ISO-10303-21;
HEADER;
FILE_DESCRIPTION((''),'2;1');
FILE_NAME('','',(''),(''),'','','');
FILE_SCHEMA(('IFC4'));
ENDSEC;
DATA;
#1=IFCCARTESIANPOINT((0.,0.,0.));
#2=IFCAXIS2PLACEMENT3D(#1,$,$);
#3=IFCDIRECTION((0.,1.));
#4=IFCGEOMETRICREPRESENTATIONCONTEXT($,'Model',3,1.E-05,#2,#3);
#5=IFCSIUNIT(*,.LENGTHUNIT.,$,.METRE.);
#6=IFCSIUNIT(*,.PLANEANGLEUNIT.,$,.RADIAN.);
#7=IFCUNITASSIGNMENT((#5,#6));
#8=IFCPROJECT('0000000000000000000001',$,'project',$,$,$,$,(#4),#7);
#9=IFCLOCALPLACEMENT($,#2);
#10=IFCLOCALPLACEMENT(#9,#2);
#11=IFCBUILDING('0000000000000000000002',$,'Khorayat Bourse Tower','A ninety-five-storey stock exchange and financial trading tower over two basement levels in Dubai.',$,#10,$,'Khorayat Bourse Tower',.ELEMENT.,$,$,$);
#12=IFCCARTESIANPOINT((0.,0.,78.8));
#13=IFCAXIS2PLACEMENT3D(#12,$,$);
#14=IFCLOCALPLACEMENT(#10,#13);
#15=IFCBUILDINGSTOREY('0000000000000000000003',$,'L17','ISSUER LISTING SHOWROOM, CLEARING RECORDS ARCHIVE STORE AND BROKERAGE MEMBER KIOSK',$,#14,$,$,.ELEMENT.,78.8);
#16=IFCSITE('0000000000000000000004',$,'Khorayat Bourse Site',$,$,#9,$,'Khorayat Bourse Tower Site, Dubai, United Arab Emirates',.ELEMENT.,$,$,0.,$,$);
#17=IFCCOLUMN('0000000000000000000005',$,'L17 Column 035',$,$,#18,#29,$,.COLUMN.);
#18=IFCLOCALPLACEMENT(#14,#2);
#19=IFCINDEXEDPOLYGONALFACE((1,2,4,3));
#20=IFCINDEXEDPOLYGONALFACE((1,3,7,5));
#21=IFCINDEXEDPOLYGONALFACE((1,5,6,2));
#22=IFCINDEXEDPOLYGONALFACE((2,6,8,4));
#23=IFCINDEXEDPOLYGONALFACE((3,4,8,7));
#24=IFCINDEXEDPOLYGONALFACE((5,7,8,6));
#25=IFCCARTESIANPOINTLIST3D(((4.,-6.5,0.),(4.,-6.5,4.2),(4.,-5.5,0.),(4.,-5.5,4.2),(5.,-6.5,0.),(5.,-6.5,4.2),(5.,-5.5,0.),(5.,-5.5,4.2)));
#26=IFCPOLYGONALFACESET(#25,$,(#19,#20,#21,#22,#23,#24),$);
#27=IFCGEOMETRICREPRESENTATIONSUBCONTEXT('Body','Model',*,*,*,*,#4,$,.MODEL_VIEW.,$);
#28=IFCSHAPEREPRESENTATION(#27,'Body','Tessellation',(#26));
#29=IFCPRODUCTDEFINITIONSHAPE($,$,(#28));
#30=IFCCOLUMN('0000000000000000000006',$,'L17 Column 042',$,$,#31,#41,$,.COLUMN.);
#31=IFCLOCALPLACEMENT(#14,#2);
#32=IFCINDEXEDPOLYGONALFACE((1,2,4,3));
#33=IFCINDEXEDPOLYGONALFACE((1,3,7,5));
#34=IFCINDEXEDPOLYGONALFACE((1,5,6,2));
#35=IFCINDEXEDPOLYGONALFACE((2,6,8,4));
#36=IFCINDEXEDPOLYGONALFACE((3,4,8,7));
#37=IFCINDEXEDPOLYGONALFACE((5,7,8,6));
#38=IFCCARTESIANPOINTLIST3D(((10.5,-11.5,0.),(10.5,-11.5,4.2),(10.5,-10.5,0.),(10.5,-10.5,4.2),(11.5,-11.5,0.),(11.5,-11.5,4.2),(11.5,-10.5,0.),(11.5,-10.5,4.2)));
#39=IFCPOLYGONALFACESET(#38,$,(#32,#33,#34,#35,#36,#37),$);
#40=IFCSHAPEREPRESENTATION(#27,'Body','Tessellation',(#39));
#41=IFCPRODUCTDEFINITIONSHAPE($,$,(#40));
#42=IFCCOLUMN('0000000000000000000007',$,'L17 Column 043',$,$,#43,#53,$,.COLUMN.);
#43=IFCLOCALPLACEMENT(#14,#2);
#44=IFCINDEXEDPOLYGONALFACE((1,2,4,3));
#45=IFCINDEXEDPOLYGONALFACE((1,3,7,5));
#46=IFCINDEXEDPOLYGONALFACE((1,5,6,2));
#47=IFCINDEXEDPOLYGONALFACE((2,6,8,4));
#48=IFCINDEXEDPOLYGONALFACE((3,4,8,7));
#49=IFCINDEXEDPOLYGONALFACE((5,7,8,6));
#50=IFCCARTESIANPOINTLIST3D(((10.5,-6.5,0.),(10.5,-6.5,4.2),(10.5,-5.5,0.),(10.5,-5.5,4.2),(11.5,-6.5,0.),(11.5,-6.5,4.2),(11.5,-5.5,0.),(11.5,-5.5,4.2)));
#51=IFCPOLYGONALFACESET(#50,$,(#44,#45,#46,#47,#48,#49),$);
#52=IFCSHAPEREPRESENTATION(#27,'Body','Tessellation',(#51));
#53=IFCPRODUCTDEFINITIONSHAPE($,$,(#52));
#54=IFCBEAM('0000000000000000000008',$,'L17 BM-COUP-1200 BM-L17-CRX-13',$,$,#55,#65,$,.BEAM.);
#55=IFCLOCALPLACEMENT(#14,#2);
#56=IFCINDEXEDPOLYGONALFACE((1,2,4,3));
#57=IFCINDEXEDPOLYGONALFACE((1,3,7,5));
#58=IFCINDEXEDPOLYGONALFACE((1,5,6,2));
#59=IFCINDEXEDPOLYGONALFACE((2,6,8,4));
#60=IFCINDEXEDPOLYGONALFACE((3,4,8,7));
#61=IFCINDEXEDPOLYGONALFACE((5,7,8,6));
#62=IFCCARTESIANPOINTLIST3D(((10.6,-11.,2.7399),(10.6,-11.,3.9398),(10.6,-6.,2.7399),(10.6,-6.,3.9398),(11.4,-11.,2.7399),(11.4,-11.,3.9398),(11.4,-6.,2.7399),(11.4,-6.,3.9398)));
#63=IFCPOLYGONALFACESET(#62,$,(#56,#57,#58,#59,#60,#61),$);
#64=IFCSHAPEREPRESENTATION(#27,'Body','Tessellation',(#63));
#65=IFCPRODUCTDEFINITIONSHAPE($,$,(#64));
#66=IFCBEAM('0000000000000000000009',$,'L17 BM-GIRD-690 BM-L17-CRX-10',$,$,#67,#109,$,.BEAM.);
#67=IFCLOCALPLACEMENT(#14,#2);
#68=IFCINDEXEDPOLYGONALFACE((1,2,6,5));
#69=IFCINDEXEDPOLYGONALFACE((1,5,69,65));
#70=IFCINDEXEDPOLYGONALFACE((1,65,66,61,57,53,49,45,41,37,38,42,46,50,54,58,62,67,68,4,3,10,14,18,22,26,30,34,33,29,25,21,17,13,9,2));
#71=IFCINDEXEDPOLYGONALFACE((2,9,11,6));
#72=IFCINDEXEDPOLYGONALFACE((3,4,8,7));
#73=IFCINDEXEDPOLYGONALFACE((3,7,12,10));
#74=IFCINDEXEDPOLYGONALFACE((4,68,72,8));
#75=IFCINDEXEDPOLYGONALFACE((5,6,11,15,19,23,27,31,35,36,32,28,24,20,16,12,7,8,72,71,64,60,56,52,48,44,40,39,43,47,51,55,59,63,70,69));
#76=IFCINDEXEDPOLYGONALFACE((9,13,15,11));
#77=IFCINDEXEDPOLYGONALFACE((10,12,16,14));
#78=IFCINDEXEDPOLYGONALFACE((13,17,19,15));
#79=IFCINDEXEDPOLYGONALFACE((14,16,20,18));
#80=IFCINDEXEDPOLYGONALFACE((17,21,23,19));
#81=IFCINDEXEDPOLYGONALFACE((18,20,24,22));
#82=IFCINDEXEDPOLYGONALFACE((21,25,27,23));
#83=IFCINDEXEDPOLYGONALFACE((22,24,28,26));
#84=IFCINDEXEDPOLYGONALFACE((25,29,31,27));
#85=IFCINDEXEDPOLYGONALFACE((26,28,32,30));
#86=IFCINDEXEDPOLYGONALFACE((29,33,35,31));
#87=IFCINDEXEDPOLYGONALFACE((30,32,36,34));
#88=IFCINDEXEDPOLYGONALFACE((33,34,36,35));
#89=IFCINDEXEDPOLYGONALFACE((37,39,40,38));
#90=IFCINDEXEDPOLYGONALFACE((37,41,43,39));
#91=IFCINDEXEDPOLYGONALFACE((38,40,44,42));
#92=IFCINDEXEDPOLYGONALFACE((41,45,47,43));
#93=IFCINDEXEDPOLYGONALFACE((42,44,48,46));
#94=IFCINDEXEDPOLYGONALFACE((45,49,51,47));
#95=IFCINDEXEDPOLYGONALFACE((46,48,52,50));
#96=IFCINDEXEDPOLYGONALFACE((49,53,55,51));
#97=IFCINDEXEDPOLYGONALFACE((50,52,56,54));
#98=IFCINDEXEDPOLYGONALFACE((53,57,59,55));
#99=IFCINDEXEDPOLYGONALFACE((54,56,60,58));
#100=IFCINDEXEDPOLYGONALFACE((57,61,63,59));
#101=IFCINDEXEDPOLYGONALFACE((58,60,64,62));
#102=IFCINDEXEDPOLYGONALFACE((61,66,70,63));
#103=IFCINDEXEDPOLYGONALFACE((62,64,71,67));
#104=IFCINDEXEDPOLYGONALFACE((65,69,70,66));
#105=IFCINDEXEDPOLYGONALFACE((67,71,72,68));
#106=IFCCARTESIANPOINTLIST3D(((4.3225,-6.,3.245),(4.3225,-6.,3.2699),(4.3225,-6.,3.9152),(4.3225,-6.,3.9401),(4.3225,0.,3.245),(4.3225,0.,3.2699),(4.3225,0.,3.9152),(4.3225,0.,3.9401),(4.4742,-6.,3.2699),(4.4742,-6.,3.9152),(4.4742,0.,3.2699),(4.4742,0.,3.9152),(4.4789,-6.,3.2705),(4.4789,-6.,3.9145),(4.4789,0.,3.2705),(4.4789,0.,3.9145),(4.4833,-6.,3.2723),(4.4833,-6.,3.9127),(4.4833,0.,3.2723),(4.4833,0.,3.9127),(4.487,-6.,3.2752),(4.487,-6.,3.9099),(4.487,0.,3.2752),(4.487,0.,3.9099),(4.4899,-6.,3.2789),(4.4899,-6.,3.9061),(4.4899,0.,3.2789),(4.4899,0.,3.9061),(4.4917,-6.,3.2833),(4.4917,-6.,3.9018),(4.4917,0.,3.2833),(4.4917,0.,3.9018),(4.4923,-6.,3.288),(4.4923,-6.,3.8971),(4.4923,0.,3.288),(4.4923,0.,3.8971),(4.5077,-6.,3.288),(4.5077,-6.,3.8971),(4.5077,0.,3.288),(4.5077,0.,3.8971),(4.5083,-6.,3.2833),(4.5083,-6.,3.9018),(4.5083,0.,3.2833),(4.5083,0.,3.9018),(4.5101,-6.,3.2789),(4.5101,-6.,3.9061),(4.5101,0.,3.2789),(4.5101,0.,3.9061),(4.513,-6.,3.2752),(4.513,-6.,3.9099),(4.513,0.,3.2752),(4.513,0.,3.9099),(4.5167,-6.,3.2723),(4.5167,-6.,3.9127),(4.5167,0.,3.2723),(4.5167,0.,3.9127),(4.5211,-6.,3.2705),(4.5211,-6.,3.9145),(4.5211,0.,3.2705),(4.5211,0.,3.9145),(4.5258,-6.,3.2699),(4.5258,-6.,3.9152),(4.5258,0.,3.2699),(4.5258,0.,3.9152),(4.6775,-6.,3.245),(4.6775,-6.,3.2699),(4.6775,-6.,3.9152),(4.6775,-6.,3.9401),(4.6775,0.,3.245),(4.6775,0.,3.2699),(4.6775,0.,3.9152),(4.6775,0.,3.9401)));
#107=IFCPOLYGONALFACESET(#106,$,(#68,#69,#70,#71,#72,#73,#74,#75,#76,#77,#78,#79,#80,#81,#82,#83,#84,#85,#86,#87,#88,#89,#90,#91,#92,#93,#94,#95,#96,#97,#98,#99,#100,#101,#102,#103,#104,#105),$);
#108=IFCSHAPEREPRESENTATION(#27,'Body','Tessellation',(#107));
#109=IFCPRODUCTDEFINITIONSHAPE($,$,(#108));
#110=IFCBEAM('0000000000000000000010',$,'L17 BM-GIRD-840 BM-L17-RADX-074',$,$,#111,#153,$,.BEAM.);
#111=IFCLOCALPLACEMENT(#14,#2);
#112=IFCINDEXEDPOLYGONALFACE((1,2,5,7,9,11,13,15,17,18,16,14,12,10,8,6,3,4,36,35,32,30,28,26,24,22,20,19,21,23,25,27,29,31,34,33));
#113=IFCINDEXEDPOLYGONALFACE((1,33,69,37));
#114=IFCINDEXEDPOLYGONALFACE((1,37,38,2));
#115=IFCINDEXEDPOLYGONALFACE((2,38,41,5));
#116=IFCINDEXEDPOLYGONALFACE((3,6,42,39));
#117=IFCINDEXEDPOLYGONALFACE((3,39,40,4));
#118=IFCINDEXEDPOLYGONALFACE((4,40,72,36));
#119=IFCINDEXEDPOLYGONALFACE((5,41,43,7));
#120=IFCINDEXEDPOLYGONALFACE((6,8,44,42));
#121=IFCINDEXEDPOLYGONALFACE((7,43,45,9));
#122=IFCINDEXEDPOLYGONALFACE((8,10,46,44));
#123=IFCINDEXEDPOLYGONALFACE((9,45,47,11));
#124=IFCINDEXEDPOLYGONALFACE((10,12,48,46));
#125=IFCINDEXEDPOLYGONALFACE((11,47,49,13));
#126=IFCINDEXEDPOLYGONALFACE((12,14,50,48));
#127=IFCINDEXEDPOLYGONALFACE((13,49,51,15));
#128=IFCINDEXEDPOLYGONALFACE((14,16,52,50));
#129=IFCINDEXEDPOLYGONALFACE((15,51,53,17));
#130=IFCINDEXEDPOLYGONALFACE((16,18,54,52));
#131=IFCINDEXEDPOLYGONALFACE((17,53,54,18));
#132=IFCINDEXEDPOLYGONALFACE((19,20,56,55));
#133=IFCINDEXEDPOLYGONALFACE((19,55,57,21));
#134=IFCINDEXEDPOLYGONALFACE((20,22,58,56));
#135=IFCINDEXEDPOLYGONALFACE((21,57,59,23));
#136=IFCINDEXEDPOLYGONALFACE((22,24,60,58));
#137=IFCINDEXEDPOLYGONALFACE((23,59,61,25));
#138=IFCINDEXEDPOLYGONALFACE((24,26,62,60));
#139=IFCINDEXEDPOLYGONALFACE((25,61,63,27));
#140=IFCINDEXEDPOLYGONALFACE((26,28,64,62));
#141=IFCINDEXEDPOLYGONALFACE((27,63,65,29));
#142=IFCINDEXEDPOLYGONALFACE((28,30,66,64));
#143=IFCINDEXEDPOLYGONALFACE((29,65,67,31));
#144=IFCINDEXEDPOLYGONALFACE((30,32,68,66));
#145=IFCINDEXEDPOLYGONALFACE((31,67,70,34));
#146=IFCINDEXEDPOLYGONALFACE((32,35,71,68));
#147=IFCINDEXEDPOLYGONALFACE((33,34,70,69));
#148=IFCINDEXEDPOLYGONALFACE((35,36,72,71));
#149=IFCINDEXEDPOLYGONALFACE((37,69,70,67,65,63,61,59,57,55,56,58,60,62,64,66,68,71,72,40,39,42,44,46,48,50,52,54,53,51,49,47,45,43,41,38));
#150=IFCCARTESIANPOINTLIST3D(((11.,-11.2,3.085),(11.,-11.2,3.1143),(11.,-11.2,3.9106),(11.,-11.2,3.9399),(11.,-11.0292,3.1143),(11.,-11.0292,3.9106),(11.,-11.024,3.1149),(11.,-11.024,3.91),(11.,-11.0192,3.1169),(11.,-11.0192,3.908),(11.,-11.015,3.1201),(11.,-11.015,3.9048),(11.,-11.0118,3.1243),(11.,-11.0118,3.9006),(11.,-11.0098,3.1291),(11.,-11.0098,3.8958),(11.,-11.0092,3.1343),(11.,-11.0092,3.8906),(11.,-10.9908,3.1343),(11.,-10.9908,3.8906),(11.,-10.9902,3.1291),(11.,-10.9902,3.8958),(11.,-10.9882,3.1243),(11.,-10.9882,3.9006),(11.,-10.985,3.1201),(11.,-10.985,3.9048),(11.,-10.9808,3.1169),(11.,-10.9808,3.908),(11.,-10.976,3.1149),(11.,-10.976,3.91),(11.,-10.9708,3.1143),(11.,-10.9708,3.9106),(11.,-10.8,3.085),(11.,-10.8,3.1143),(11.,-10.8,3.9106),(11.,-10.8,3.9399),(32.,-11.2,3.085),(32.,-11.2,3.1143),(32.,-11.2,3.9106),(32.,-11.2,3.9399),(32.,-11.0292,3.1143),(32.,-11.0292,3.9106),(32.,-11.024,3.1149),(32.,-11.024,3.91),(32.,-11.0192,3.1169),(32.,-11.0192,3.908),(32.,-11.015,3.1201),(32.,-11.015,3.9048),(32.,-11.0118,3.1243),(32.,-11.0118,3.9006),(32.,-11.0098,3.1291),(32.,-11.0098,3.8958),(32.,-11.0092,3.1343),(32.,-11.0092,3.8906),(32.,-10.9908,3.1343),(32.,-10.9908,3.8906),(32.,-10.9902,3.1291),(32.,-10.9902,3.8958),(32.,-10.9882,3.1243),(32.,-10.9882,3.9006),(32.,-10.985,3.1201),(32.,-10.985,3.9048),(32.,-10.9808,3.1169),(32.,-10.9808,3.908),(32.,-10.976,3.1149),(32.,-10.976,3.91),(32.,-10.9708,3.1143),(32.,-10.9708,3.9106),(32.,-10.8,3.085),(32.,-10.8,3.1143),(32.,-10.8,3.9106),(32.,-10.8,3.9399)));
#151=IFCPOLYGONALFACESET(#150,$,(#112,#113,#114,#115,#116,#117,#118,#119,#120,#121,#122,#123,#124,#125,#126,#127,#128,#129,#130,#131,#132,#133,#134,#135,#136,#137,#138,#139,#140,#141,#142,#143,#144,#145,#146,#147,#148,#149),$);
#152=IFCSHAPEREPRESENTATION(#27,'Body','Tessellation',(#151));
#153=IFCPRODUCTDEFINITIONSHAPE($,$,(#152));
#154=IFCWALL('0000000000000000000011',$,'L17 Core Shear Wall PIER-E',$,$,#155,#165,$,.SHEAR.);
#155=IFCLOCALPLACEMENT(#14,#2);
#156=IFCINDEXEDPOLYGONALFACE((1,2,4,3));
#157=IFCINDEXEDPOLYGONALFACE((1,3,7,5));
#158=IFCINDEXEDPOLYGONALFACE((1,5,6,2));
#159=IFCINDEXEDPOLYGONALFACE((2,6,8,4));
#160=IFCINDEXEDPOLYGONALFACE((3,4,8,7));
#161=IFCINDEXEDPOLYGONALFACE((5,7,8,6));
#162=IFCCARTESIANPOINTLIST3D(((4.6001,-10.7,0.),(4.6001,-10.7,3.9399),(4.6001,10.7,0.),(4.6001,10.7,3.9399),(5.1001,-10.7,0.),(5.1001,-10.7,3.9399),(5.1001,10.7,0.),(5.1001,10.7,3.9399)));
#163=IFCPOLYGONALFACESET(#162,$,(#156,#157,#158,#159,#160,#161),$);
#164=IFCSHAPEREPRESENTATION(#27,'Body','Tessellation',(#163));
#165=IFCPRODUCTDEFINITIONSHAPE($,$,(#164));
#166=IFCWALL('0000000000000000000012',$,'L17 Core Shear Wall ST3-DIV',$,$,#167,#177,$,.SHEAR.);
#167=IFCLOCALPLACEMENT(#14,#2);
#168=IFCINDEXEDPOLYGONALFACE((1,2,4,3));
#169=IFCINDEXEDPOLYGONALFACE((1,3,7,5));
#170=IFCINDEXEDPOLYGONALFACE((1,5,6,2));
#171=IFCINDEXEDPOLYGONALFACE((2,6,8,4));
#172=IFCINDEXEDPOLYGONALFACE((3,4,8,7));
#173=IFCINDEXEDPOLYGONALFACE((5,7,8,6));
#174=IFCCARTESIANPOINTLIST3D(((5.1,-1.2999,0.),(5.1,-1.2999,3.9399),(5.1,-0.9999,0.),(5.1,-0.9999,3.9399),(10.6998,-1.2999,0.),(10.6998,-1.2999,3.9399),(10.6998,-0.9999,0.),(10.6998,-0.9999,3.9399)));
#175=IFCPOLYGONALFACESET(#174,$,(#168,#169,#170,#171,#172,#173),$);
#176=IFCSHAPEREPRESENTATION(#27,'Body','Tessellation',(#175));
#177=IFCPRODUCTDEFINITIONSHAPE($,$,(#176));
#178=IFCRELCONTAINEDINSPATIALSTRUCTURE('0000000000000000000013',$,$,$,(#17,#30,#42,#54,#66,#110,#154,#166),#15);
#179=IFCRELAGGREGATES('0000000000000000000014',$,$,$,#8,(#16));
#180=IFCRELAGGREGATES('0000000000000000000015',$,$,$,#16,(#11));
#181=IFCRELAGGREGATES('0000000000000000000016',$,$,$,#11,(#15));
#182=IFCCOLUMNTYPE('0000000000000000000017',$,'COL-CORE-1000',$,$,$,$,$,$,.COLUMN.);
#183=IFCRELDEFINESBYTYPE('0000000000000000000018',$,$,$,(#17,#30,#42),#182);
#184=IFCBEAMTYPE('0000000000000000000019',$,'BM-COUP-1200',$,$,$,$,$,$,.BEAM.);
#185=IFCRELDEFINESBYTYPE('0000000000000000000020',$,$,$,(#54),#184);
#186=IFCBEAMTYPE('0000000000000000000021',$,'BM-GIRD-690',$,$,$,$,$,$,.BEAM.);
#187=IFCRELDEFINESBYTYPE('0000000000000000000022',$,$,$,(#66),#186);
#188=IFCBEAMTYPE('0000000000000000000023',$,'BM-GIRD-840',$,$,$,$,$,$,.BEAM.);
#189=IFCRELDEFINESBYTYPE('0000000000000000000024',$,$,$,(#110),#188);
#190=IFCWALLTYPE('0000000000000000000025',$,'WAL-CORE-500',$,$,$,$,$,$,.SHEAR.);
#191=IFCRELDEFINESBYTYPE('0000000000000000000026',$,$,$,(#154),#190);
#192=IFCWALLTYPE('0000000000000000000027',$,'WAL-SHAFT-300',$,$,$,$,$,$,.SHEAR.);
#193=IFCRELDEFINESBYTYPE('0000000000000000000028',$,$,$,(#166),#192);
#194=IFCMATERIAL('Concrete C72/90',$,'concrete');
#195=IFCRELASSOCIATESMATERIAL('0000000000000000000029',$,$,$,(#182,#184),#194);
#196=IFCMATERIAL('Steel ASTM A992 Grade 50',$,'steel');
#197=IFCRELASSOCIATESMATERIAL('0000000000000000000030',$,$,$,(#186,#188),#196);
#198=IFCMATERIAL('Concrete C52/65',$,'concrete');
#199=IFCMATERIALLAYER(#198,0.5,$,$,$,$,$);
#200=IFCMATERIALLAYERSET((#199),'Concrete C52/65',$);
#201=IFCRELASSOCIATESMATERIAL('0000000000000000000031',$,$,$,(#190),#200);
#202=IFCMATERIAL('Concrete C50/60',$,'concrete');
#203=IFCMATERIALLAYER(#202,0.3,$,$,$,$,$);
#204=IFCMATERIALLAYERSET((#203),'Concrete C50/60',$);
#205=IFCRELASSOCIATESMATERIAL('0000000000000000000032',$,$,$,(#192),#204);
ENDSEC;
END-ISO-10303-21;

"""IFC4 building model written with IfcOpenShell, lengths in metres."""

from ifc_helpers import new_model, si_unit, direction, frame, frame_2d, origin, origin_2d, place, context, subcontext, project, spatial, rectangle, i_section, extrude, source, transform, mapped, material, layer, layer_set, material_profile, profile_set, type_object, element, save


model = new_model("IFC4")

# Units and contexts
model_context = context("Model", 3, precision=1e-05, world=origin(), true_north=direction((0.0, 1.0)))
body_context = subcontext(model_context, "Body", "Model", "MODEL_VIEW")
ifc_project = project(units=[si_unit("LENGTHUNIT", "METRE"), si_unit("PLANEANGLEUNIT", "RADIAN")], contexts=[model_context])

# Site, building, storey
site_placement = place(None, origin())
site = spatial("IfcSite", under=ifc_project, at=site_placement, Name="Khorayat Bourse Site", LongName="Khorayat Bourse Tower Site, Dubai, United Arab Emirates", CompositionType="ELEMENT", RefElevation=0.0)
building_placement = place(site_placement, origin())
building = spatial("IfcBuilding", under=site, at=building_placement, Name="Khorayat Bourse Tower", Description="A ninety-five-storey stock exchange and financial trading tower over two basement levels in Dubai.", LongName="Khorayat Bourse Tower", CompositionType="ELEMENT")
storey_placement = place(building_placement, frame((0.0, 0.0, 78.8)))
storey = spatial("IfcBuildingStorey", under=building, at=storey_placement, Name="L17", Description="ISSUER LISTING SHOWROOM, CLEARING RECORDS ARCHIVE STORE AND BROKERAGE MEMBER KIOSK", CompositionType="ELEMENT", Elevation=78.8)

# Columns
ifc_material_1 = material(Name="Concrete C72/90", Category="concrete")
ifc_material_profile_1 = material_profile(ifc_material_1, rectangle(XDim=1.0, YDim=1.0, at=origin_2d()), Name="RC 1000x1000")
ifc_profile_set_1 = profile_set([ifc_material_profile_1], Name="Concrete C72/90")
column_type = type_object("IfcColumnType", Name="COL-CORE-1000", PredefinedType="COLUMN", material=ifc_profile_set_1)
shared_shape_1 = source(origin(), body_context, "Body", "SweptSolid", [
    extrude(rectangle(XDim=1.0, YDim=1.0, at=origin_2d()), origin(), (0.0, 0.0, 1.0), 4.2),
])
for number, where, z_axis, x_axis, name in (
    (1, (4.5, -6.0, 0.0), (0.0, 0.0, 1.0), (1.0, 0.0, 0.0), "L17 Column 035"),
    (2, (11.0, -11.0, 0.0), (0.0, 0.0, 1.0), (1.0, 0.0, 0.0), "L17 Column 042"),
    (3, (11.0, -6.0, 0.0), (0.0, 0.0, 1.0), (1.0, 0.0, 0.0), "L17 Column 043"),
):
    element("IfcColumn", number, at=place(storey_placement, frame(where, z_axis=z_axis, x_axis=x_axis)), inside=storey, type_object=column_type, Name=name, PredefinedType="COLUMN", context=body_context, shape_type="MappedRepresentation", body=[
        mapped(shared_shape_1, transform((0.0, 0.0, 0.0), scale=1.0)),
    ])

# Beams
ifc_material_profile_2 = material_profile(ifc_material_1, rectangle(XDim=0.8, YDim=1.2, at=origin_2d()), Name="RC 800x1200")
ifc_profile_set_2 = profile_set([ifc_material_profile_2], Name="Concrete C72/90")
beam_type_1 = type_object("IfcBeamType", Name="BM-COUP-1200", PredefinedType="BEAM", material=ifc_profile_set_2)
shared_shape_2 = source(origin(), body_context, "Body", "SweptSolid", [
    extrude(rectangle(XDim=0.8, YDim=1.2, at=origin_2d()), origin(), (0.0, 0.0, 1.0), 5.0),
])
beam_1_placement = place(storey_placement, frame((11.0, -11.0, 3.3398), z_axis=(0.0, 1.0, 0.0), x_axis=(-1.0, 0.0, 0.0)))
element("IfcBeam", 4, at=beam_1_placement, inside=storey, type_object=beam_type_1, Name="L17 BM-COUP-1200 BM-L17-CRX-13", PredefinedType="BEAM", context=body_context, shape_type="MappedRepresentation", body=[
    mapped(shared_shape_2, transform((0.0, 0.0, 0.0), scale=1.0)),
])
ifc_material_2 = material(Name="Steel ASTM A992 Grade 50", Category="steel")
ifc_material_profile_3 = material_profile(ifc_material_2, i_section(OverallWidth=0.355, OverallDepth=0.6951, WebThickness=0.0154, FlangeThickness=0.0249, FilletRadius=0.0181, at=origin_2d()), Name="W690X217")
ifc_profile_set_3 = profile_set([ifc_material_profile_3], Name="Steel ASTM A992 Grade 50")
beam_type_2 = type_object("IfcBeamType", Name="BM-GIRD-690", PredefinedType="BEAM", material=ifc_profile_set_3)
shared_shape_3 = source(origin(), body_context, "Body", "SweptSolid", [
    extrude(i_section(OverallWidth=0.355, OverallDepth=0.6951, WebThickness=0.0154, FlangeThickness=0.0249, FilletRadius=0.0181, at=origin_2d()), origin(), (0.0, 0.0, 1.0), 6.0),
])
beam_2_placement = place(storey_placement, frame((4.5, -6.0, 3.5925), z_axis=(0.0, 1.0, 0.0), x_axis=(-1.0, 0.0, 0.0)))
element("IfcBeam", 5, at=beam_2_placement, inside=storey, type_object=beam_type_2, Name="L17 BM-GIRD-690 BM-L17-CRX-10", PredefinedType="BEAM", context=body_context, shape_type="MappedRepresentation", body=[
    mapped(shared_shape_3, transform((0.0, 0.0, 0.0), scale=1.0)),
])
ifc_material_profile_4 = material_profile(ifc_material_2, i_section(OverallWidth=0.3999, OverallDepth=0.855, WebThickness=0.0183, FlangeThickness=0.0293, FilletRadius=0.02, at=origin_2d()), Name="W840X299")
ifc_profile_set_4 = profile_set([ifc_material_profile_4], Name="Steel ASTM A992 Grade 50")
beam_type_3 = type_object("IfcBeamType", Name="BM-GIRD-840", PredefinedType="BEAM", material=ifc_profile_set_4)
shared_shape_4 = source(origin(), body_context, "Body", "SweptSolid", [
    extrude(i_section(OverallWidth=0.3999, OverallDepth=0.855, WebThickness=0.0183, FlangeThickness=0.0293, FilletRadius=0.02, at=origin_2d()), origin(), (0.0, 0.0, 1.0), 21.0),
])
beam_3_placement = place(storey_placement, frame((11.0, -11.0, 3.5125), z_axis=(1.0, 0.0, 0.0), x_axis=(0.0, 1.0, 0.0)))
element("IfcBeam", 6, at=beam_3_placement, inside=storey, type_object=beam_type_3, Name="L17 BM-GIRD-840 BM-L17-RADX-074", PredefinedType="BEAM", context=body_context, shape_type="MappedRepresentation", body=[
    mapped(shared_shape_4, transform((0.0, 0.0, 0.0), scale=1.0)),
])

# Walls
ifc_material_3 = material(Name="Concrete C52/65", Category="concrete")
ifc_layer_1 = layer(ifc_material_3, 0.5)
ifc_layer_set_1 = layer_set([ifc_layer_1], Name="Concrete C52/65")
wall_type_1 = type_object("IfcWallType", Name="WAL-CORE-500", PredefinedType="SHEAR", material=ifc_layer_set_1)
shared_shape_5 = source(origin(), body_context, "Body", "SweptSolid", [
    extrude(rectangle(XDim=21.3999, YDim=0.5, at=frame_2d((10.7, 0.0))), origin(), (0.0, 0.0, 1.0), 3.9399),
])
wall_1_placement = place(storey_placement, frame((4.8501, -10.7, 0.0), z_axis=(0.0, 0.0, 1.0), x_axis=(0.0, 1.0, 0.0)))
element("IfcWall", 7, at=wall_1_placement, inside=storey, type_object=wall_type_1, Name="L17 Core Shear Wall PIER-E", PredefinedType="SHEAR", context=body_context, shape_type="MappedRepresentation", body=[
    mapped(shared_shape_5, transform((0.0, 0.0, 0.0), scale=1.0)),
])
ifc_material_4 = material(Name="Concrete C50/60", Category="concrete")
ifc_layer_2 = layer(ifc_material_4, 0.3)
ifc_layer_set_2 = layer_set([ifc_layer_2], Name="Concrete C50/60")
wall_type_2 = type_object("IfcWallType", Name="WAL-SHAFT-300", PredefinedType="SHEAR", material=ifc_layer_set_2)
shared_shape_6 = source(origin(), body_context, "Body", "SweptSolid", [
    extrude(rectangle(XDim=5.5999, YDim=0.3, at=frame_2d((2.7998, 0.0))), origin(), (0.0, 0.0, 1.0), 3.9399),
])
wall_2_placement = place(storey_placement, frame((5.1001, -1.1499, 0.0), z_axis=(0.0, 0.0, 1.0), x_axis=(1.0, 0.0, 0.0)))
element("IfcWall", 8, at=wall_2_placement, inside=storey, type_object=wall_type_2, Name="L17 Core Shear Wall ST3-DIV", PredefinedType="SHEAR", context=body_context, shape_type="MappedRepresentation", body=[
    mapped(shared_shape_6, transform((0.0, 0.0, 0.0), scale=1.0)),
])

save(model, "model.ifc")
